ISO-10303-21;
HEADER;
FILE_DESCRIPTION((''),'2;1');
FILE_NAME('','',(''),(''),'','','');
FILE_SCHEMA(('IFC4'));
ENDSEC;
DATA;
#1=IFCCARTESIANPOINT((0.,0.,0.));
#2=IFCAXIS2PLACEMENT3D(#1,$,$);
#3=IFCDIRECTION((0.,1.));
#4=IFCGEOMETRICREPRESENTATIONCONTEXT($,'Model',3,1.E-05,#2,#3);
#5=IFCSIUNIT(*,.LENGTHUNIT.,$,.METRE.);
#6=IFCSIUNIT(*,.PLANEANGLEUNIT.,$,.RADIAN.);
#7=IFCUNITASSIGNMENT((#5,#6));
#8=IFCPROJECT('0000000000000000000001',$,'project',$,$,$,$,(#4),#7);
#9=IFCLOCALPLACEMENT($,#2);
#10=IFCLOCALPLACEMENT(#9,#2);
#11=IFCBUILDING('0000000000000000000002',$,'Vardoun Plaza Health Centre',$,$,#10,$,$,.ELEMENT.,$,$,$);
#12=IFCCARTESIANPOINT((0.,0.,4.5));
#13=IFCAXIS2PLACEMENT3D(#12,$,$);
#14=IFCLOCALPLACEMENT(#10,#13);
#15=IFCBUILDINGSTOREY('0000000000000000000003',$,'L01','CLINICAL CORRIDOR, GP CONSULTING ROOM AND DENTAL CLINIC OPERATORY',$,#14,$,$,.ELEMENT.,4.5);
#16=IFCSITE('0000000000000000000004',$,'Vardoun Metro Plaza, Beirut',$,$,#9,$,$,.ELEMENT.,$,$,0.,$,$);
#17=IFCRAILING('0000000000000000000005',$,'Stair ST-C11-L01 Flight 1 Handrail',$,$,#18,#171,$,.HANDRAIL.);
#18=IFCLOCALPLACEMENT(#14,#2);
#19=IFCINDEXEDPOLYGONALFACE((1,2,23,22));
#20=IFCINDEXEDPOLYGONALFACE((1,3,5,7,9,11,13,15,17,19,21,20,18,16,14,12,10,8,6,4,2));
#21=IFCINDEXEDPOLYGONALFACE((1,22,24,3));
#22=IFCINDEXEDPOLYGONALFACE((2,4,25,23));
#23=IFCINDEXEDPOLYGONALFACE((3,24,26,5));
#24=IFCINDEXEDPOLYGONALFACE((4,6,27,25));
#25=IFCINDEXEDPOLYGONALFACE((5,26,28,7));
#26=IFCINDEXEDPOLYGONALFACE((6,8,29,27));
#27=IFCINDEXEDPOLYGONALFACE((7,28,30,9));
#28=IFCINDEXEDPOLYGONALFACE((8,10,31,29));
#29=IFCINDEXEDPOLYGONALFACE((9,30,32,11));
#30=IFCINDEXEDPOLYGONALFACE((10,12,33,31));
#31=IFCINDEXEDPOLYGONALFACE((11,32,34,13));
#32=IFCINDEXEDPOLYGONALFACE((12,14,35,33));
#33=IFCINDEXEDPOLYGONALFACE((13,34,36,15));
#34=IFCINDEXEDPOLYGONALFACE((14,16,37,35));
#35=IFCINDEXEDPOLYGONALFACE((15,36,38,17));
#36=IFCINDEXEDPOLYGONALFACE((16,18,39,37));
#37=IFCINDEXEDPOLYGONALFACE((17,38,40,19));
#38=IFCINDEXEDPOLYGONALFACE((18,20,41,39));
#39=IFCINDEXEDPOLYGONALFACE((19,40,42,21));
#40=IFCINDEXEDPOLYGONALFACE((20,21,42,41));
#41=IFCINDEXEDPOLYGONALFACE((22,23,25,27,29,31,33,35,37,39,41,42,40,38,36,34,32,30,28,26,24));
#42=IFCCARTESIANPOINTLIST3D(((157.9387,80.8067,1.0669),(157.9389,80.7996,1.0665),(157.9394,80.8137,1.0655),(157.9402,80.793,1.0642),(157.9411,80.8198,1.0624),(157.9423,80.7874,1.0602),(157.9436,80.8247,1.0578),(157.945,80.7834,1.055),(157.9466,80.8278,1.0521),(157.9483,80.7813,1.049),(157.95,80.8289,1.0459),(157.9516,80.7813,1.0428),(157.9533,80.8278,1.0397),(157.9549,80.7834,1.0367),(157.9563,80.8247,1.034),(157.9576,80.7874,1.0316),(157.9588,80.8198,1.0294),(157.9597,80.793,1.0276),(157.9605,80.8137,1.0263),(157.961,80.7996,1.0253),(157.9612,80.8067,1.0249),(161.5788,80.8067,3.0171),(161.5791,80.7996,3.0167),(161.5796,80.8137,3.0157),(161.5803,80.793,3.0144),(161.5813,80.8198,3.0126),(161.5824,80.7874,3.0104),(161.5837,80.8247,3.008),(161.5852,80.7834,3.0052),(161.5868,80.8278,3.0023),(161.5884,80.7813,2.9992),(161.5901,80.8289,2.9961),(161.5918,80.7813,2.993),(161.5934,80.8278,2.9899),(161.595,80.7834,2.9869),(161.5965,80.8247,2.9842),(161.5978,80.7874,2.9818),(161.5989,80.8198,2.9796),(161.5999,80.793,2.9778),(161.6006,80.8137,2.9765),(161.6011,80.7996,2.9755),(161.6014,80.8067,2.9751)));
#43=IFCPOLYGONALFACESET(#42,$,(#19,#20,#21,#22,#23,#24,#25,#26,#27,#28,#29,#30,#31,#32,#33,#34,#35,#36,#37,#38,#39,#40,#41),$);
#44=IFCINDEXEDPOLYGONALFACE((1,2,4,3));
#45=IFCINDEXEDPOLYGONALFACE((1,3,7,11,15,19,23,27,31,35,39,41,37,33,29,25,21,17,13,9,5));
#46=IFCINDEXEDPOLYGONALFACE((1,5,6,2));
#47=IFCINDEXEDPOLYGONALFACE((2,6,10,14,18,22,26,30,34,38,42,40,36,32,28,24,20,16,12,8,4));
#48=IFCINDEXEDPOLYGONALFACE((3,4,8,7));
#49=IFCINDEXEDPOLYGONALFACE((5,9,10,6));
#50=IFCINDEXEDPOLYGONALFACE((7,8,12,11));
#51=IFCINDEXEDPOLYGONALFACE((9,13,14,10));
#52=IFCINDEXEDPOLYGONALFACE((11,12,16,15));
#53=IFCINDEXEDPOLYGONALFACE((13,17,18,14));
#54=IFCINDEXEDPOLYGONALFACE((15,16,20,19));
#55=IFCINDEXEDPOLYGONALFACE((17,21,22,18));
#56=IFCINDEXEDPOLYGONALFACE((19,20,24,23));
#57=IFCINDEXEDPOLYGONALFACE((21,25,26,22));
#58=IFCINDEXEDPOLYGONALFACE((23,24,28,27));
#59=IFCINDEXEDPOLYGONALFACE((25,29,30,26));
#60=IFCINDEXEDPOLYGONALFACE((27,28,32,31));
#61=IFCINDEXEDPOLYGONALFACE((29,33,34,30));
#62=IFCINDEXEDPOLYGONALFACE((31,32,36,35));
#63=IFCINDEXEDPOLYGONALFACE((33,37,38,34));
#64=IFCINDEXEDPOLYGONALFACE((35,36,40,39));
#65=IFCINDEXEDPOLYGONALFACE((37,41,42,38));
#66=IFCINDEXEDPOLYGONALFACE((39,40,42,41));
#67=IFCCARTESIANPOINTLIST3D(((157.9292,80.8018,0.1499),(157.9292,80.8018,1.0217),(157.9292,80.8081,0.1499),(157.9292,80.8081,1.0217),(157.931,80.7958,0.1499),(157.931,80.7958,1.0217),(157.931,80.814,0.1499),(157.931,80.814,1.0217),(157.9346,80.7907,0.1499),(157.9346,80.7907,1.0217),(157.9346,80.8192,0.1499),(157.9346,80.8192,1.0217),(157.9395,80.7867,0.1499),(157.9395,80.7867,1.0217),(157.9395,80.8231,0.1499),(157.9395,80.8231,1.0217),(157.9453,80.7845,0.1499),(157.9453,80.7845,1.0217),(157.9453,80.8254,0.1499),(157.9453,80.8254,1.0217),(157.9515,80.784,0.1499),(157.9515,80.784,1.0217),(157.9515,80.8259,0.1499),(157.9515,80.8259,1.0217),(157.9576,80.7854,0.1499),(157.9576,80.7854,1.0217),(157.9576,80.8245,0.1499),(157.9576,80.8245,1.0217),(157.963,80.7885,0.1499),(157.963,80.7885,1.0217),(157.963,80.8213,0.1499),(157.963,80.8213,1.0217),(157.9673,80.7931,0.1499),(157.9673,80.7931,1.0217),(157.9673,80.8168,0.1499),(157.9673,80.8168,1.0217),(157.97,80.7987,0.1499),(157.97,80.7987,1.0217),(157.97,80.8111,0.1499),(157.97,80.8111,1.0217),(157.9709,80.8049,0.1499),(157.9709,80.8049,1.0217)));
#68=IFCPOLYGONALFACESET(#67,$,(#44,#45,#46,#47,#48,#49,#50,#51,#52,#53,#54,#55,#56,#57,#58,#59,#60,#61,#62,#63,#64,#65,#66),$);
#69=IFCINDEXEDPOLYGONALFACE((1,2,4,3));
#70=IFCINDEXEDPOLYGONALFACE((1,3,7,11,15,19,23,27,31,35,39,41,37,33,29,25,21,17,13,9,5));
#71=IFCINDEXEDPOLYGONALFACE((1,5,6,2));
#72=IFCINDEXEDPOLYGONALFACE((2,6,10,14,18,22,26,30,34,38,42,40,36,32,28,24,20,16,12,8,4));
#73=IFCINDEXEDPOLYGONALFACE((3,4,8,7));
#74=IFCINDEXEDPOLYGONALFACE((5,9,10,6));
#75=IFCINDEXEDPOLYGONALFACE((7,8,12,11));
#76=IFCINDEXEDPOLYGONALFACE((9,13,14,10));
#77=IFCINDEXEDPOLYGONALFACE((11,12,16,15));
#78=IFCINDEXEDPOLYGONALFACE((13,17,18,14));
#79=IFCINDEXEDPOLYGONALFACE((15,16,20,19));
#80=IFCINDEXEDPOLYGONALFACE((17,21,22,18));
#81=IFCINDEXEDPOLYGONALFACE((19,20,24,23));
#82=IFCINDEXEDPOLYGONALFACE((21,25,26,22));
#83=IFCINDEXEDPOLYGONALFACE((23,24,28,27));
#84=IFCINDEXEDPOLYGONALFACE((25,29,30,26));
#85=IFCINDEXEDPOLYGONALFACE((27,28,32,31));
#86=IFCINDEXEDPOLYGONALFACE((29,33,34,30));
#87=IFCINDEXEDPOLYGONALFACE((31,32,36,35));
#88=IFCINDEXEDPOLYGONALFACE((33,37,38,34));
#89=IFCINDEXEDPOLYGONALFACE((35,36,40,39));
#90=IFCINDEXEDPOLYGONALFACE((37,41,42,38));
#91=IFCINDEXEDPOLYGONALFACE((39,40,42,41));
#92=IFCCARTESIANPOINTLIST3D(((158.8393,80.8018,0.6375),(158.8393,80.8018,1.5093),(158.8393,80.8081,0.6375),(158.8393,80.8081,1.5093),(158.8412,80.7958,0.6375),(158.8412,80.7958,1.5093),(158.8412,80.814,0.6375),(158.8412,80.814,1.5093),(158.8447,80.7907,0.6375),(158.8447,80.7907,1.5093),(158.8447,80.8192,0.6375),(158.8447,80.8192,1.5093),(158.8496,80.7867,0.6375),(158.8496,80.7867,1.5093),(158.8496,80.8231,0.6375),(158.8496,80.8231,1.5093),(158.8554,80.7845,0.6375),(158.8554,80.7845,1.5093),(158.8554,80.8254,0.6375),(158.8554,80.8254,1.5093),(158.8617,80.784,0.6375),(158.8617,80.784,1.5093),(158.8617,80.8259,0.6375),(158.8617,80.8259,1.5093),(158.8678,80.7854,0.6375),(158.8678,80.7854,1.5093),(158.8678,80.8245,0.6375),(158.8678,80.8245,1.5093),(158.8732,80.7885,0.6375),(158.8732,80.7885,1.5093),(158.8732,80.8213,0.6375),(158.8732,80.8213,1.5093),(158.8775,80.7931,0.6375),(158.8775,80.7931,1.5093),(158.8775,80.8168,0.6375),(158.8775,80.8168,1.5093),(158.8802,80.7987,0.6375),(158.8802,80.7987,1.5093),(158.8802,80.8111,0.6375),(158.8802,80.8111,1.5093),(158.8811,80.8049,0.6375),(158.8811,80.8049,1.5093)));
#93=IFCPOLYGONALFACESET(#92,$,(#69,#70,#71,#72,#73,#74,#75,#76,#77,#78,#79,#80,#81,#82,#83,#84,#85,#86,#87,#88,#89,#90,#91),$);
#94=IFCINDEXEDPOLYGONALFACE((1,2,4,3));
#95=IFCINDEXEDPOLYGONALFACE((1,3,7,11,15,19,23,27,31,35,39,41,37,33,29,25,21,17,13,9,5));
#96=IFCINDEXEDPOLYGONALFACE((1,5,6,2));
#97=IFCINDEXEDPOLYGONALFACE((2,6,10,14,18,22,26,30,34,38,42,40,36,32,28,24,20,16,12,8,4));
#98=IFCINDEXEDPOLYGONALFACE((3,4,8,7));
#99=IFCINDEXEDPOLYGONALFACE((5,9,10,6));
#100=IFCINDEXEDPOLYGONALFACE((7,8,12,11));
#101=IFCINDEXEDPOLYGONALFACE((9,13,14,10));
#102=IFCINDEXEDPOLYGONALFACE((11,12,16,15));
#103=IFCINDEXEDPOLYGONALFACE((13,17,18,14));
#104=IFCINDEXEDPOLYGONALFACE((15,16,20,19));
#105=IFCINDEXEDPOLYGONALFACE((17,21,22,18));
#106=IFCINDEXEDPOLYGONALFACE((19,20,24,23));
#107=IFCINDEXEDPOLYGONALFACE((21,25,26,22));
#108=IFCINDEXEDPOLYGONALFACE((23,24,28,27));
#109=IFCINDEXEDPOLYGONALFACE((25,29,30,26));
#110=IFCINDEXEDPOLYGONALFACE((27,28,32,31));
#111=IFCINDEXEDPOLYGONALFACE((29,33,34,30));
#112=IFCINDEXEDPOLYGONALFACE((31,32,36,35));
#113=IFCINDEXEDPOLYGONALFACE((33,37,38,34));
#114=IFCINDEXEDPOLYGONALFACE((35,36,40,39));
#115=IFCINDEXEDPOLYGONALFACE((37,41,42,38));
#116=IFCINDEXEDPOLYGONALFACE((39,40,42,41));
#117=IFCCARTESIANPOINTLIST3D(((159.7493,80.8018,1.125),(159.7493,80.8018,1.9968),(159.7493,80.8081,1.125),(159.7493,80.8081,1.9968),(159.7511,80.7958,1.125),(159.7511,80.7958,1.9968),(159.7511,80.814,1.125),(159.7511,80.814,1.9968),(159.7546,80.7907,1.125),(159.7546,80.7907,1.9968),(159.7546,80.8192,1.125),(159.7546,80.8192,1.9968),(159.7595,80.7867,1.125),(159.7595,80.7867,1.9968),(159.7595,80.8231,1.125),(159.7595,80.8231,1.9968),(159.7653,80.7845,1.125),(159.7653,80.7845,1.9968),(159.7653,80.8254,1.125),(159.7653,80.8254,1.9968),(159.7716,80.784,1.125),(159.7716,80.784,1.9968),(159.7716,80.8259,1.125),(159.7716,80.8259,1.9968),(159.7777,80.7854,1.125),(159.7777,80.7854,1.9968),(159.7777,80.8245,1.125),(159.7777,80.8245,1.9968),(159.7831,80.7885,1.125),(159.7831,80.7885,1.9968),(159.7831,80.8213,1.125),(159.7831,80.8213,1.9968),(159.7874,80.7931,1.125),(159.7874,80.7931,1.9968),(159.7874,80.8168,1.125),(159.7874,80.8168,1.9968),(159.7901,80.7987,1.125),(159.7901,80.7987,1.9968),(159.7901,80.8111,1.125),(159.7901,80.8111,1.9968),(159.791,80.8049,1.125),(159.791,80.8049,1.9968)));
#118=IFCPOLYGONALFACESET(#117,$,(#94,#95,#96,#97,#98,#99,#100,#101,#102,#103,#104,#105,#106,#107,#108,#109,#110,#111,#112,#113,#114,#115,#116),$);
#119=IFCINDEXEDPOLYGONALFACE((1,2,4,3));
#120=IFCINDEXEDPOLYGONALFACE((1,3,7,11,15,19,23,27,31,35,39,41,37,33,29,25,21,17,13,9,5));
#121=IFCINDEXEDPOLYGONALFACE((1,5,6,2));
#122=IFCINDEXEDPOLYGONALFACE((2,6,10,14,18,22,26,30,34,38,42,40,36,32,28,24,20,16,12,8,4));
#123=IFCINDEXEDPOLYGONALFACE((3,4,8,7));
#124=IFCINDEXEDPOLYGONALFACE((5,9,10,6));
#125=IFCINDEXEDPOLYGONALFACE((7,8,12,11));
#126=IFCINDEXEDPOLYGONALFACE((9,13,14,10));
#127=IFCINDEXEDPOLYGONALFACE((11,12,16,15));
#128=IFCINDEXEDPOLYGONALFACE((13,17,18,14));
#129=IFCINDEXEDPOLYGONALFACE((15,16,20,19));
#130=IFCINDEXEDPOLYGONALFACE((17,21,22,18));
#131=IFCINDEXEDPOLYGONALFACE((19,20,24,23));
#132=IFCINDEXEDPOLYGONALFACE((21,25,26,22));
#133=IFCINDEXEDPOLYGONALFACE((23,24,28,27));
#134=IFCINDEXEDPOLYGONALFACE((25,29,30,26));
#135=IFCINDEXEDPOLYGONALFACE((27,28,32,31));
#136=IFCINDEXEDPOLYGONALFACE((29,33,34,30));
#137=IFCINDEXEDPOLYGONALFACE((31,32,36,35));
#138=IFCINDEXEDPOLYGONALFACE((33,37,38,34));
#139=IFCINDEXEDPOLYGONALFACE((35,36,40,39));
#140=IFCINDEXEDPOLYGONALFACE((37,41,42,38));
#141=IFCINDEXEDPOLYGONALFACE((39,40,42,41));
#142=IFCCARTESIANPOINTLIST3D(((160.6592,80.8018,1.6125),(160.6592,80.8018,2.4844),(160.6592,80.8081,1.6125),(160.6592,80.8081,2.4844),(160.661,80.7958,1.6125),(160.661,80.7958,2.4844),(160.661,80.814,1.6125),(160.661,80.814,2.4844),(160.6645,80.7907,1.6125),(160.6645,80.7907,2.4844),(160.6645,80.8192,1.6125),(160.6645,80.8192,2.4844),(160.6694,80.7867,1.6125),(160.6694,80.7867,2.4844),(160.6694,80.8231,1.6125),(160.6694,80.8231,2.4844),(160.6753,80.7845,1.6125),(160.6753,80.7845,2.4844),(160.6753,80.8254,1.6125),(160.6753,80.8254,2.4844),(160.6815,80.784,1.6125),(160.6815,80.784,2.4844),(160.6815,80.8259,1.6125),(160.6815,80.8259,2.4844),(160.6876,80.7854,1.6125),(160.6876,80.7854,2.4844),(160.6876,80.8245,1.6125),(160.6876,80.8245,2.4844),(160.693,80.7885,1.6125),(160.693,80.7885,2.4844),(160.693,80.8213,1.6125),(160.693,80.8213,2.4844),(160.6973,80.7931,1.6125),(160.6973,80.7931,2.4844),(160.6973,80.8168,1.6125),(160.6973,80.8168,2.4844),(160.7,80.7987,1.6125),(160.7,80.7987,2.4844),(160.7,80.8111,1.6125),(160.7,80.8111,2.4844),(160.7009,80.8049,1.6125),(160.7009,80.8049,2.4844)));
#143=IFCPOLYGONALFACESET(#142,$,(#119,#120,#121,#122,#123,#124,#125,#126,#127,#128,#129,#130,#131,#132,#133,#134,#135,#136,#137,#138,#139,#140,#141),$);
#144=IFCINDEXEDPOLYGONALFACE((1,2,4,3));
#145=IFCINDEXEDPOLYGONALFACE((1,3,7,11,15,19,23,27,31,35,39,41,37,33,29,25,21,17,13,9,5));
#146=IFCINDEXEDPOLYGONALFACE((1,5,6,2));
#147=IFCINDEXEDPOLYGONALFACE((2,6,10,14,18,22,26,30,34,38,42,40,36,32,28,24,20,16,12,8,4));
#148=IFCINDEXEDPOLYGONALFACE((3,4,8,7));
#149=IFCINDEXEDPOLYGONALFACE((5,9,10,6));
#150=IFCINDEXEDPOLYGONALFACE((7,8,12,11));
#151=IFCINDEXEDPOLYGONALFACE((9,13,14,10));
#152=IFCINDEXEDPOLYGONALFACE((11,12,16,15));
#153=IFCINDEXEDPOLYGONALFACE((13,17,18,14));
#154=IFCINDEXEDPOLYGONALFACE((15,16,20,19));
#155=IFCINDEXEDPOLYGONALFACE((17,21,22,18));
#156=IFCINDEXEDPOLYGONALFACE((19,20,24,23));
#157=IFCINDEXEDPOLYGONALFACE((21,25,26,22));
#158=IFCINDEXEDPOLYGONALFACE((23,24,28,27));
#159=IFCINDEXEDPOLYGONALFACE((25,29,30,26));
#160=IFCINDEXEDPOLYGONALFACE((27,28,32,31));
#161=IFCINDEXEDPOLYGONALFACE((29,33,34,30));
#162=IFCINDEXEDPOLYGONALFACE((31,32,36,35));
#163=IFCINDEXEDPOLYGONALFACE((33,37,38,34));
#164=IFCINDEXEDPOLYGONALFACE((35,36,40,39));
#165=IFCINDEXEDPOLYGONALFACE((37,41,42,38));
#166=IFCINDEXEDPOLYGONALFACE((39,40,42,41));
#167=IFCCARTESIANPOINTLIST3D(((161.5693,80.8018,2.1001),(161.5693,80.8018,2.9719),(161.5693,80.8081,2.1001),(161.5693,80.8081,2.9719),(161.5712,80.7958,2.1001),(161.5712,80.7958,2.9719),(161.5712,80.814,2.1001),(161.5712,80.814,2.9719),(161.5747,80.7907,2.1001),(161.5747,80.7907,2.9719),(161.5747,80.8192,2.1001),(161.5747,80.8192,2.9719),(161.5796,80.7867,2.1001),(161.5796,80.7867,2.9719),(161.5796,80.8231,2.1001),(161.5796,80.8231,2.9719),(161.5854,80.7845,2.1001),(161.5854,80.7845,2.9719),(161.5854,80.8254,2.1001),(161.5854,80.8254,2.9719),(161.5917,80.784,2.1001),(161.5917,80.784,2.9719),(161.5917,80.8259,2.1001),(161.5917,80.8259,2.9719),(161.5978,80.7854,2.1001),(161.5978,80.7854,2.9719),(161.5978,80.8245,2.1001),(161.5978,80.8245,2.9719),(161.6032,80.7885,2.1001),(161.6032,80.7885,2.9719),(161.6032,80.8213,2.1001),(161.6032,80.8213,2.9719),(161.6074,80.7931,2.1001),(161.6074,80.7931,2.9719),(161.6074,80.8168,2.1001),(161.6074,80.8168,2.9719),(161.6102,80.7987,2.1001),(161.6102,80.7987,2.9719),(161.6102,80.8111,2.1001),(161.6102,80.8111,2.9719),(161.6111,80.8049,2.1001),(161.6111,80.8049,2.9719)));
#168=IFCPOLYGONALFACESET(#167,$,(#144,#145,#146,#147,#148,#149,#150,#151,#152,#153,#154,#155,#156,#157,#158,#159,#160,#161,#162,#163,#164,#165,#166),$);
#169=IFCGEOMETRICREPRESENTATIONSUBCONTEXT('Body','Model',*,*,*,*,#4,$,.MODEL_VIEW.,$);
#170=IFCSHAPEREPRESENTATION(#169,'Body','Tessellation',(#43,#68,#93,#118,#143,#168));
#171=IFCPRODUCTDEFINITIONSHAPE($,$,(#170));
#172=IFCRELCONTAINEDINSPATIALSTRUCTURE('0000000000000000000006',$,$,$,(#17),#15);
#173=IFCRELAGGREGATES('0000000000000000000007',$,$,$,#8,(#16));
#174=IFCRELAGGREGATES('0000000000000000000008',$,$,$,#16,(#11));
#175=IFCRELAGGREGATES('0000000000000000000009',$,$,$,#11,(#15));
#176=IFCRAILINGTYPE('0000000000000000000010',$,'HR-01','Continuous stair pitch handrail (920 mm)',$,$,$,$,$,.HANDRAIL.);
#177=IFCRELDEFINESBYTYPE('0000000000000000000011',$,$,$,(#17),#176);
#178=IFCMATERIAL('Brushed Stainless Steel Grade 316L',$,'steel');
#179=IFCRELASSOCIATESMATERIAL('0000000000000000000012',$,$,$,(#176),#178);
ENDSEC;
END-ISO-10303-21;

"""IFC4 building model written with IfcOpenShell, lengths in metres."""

from ifc_helpers import new_model, si_unit, direction, frame, origin, origin_2d, place, context, subcontext, project, spatial, circle, extrude, material, type_object, element, save


model = new_model("IFC4")

# Units and contexts
model_context = context("Model", 3, precision=1e-05, world=origin(), true_north=direction((0.0, 1.0)))
body_context = subcontext(model_context, "Body", "Model", "MODEL_VIEW")
ifc_project = project(units=[si_unit("LENGTHUNIT", "METRE"), si_unit("PLANEANGLEUNIT", "RADIAN")], contexts=[model_context])

# Site, building, storey
site_placement = place(None, origin())
site = spatial("IfcSite", under=ifc_project, at=site_placement, Name="Vardoun Metro Plaza, Beirut", CompositionType="ELEMENT", RefElevation=0.0)
building_placement = place(site_placement, origin())
building = spatial("IfcBuilding", under=site, at=building_placement, Name="Vardoun Plaza Health Centre", CompositionType="ELEMENT")
storey_placement = place(building_placement, frame((0.0, 0.0, 4.5)))
storey = spatial("IfcBuildingStorey", under=building, at=storey_placement, Name="L01", Description="CLINICAL CORRIDOR, GP CONSULTING ROOM AND DENTAL CLINIC OPERATORY", CompositionType="ELEMENT", Elevation=4.5)

# Railing
ifc_material_1 = material(Name="Brushed Stainless Steel Grade 316L", Category="steel")
railing_type_1 = type_object("IfcRailingType", Name="HR-01", Description="Continuous stair pitch handrail (920 mm)", PredefinedType="HANDRAIL", material=ifc_material_1)
railing_1_placement = place(storey_placement, frame((157.95, 80.8049, 0.1499)))
element("IfcRailing", 1, at=railing_1_placement, inside=storey, type_object=railing_type_1, Name="Stair ST-C11-L01 Flight 1 Handrail", PredefinedType="HANDRAIL", context=body_context, shape_type="SweptSolid", body=[
    extrude(circle(Radius=0.0239, at=origin_2d()), frame((0.0, 0.0, 0.896), z_axis=(0.881468, 0.0, 0.472244), x_axis=(0.0, 1.0, 0.0)), (0.0, 0.0, 1.0), 4.1296),
    extrude(circle(Radius=0.021, at=origin_2d()), origin(), (0.0, 0.0, 1.0), 0.8718),
    extrude(circle(Radius=0.021, at=origin_2d()), frame((0.9102, 0.0, 0.4875)), (0.0, 0.0, 1.0), 0.8718),
    extrude(circle(Radius=0.021, at=origin_2d()), frame((1.8201, 0.0, 0.9751)), (0.0, 0.0, 1.0), 0.8718),
    extrude(circle(Radius=0.021, at=origin_2d()), frame((2.73, 0.0, 1.4626)), (0.0, 0.0, 1.0), 0.8718),
    extrude(circle(Radius=0.021, at=origin_2d()), frame((3.6401, 0.0, 1.9502)), (0.0, 0.0, 1.0), 0.8718),
])

save(model, "model.ifc")
